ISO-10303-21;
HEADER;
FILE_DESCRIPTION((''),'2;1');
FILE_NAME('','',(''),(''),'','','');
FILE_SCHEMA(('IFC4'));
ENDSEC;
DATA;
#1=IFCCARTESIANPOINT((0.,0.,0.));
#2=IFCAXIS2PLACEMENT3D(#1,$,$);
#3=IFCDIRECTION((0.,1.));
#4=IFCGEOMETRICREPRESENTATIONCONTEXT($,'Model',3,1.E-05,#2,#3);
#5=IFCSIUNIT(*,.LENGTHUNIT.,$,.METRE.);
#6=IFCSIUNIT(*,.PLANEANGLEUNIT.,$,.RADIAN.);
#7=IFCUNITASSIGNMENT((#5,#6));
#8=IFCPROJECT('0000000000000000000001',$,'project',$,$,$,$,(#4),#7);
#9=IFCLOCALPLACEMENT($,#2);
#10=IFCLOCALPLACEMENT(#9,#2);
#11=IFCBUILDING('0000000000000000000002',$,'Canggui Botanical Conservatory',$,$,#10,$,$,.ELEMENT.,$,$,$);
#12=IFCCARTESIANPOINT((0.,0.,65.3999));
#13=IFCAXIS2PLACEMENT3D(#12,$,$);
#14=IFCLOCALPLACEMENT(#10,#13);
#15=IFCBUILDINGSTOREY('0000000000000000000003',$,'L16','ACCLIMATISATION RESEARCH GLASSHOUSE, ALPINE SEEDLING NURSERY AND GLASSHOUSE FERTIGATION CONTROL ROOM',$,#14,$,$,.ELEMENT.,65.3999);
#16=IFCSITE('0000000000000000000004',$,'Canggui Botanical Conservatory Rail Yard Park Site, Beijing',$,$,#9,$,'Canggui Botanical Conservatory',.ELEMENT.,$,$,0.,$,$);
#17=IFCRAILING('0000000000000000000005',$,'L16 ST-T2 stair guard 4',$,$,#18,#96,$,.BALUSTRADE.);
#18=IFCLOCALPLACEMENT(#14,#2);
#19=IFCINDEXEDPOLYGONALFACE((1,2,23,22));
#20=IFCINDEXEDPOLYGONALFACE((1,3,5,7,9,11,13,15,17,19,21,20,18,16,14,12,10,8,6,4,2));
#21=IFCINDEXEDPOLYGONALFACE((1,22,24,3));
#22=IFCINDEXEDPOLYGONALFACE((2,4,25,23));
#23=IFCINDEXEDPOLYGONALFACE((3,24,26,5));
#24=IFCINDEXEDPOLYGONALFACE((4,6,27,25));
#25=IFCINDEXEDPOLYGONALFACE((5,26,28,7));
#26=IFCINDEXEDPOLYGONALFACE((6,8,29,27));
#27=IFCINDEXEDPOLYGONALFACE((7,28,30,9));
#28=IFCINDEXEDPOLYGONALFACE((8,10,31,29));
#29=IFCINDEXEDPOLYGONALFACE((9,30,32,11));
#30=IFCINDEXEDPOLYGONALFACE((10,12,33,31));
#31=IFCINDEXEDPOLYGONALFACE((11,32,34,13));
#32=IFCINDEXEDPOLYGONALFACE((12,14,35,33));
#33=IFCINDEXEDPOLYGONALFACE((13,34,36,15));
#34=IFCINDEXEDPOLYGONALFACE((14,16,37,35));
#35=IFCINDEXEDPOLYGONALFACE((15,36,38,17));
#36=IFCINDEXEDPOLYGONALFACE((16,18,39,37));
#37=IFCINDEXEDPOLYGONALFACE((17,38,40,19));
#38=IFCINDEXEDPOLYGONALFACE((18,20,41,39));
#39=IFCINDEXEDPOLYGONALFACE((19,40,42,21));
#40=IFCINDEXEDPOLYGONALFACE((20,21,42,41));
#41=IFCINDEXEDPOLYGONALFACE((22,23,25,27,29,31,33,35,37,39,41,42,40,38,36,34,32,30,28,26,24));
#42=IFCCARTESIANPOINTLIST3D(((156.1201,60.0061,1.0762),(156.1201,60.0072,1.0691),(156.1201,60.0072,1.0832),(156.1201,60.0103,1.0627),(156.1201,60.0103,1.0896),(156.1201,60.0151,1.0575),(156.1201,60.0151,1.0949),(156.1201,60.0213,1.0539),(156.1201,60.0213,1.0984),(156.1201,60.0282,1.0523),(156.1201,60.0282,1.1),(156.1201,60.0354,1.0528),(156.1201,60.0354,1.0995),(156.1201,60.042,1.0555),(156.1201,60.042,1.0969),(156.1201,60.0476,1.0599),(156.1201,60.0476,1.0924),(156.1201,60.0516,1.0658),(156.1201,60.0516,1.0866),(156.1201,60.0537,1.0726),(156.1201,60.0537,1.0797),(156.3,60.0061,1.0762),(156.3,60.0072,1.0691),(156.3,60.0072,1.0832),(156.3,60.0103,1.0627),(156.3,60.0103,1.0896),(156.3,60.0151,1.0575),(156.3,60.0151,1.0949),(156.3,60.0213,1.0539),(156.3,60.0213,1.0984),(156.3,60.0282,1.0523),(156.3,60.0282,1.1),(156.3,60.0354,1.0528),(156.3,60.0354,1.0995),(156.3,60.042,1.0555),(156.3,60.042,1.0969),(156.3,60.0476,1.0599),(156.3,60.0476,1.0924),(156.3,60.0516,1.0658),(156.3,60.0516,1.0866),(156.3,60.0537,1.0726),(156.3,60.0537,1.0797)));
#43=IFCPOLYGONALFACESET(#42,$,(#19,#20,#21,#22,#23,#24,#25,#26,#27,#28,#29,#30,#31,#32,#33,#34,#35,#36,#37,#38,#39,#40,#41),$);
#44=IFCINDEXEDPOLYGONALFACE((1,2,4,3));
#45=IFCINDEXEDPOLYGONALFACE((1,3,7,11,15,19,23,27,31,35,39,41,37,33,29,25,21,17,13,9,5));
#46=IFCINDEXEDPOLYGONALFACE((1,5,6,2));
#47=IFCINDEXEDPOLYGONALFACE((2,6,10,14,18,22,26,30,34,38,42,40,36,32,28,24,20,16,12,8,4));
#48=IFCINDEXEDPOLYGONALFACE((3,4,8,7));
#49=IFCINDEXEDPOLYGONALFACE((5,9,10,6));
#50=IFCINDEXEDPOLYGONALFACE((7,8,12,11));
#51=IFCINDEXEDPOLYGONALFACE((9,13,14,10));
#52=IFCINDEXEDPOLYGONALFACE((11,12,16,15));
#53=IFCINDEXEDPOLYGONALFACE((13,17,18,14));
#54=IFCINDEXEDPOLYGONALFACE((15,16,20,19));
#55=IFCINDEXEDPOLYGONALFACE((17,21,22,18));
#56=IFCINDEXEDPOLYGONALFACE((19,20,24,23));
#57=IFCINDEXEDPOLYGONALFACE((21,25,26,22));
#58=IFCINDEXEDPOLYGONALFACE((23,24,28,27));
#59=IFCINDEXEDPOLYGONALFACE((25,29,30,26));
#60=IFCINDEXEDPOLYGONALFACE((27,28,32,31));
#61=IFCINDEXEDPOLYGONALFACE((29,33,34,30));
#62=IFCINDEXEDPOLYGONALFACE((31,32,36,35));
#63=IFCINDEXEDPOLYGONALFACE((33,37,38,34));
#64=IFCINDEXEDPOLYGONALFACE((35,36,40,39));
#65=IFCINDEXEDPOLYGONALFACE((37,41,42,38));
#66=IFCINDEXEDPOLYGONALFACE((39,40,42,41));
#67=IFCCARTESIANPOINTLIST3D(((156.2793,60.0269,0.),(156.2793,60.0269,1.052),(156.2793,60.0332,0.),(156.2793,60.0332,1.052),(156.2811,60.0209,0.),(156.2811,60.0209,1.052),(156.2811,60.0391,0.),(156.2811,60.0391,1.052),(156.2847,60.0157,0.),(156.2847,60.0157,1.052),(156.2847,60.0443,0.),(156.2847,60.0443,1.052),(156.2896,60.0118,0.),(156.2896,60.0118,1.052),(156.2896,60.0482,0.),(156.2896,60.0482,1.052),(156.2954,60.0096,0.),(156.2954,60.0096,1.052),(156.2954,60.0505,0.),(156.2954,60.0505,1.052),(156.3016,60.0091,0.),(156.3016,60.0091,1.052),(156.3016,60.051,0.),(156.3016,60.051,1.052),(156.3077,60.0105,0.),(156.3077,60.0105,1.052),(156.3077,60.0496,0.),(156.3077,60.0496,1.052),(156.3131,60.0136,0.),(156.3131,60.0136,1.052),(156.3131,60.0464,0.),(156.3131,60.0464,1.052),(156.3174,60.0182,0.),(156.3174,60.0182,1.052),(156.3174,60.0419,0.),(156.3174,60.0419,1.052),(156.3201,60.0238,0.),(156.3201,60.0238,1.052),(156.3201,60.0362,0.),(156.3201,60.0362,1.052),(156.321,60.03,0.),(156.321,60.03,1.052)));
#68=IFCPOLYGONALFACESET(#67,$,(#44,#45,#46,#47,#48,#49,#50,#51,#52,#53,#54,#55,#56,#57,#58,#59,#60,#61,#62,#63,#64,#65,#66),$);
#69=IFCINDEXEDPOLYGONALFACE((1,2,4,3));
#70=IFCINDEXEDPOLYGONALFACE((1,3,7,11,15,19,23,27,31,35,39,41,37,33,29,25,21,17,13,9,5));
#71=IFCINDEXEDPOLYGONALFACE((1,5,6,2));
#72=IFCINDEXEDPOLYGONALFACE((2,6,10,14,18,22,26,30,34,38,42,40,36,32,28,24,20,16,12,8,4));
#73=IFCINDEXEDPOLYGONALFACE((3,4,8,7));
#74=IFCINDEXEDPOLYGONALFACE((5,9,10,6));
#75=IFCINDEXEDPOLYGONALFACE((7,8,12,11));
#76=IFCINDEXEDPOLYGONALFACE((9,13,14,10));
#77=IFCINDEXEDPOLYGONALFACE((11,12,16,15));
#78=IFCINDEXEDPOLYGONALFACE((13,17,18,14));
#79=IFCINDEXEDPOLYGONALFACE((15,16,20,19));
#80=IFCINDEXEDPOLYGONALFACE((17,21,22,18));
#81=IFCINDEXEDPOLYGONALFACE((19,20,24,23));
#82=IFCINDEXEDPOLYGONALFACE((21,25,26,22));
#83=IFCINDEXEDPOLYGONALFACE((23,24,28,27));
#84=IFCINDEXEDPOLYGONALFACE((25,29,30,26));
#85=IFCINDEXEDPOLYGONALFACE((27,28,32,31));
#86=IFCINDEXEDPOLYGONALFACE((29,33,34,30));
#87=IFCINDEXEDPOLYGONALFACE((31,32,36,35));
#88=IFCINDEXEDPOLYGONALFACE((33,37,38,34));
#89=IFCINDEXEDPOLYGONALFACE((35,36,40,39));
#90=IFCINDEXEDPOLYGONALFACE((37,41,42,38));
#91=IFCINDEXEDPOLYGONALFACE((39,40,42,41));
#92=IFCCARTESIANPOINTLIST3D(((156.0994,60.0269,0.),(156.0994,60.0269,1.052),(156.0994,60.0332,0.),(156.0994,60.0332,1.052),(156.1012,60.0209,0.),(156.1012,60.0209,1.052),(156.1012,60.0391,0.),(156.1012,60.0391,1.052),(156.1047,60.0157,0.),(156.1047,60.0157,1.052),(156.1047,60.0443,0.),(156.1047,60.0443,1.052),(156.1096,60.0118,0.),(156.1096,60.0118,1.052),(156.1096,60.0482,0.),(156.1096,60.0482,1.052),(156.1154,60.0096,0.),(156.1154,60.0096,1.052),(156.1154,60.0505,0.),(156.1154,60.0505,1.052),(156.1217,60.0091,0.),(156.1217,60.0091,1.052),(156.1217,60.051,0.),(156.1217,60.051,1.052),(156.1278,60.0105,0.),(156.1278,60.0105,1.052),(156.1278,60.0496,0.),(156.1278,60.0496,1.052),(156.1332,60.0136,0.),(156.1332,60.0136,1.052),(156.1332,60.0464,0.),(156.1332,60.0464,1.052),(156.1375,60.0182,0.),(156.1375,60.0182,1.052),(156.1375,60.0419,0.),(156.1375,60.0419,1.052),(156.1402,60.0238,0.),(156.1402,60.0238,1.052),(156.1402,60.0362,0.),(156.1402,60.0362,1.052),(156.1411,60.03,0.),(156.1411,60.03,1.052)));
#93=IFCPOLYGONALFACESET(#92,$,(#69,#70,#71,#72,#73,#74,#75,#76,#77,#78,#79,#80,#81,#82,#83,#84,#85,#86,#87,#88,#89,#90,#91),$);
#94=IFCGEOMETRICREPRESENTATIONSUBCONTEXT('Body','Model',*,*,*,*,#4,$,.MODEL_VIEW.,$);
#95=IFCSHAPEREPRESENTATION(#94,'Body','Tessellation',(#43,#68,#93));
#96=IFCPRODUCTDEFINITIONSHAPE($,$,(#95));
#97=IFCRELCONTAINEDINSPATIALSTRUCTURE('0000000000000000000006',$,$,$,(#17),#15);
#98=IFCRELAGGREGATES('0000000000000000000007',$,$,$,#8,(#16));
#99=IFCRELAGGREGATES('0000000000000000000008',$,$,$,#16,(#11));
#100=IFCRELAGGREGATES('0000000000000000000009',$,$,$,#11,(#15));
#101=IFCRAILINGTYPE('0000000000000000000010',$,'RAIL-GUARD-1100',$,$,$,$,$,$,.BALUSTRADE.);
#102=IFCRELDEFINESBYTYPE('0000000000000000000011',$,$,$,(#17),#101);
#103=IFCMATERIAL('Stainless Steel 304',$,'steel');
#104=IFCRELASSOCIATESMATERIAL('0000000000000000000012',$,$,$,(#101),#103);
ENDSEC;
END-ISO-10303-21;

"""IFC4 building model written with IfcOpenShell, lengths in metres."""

from ifc_helpers import new_model, si_unit, direction, frame, origin, origin_2d, place, context, subcontext, project, spatial, circle, extrude, material, type_object, element, save


model = new_model("IFC4")

# Units and contexts
model_context = context("Model", 3, precision=1e-05, world=origin(), true_north=direction((0.0, 1.0)))
body_context = subcontext(model_context, "Body", "Model", "MODEL_VIEW")
ifc_project = project(units=[si_unit("LENGTHUNIT", "METRE"), si_unit("PLANEANGLEUNIT", "RADIAN")], contexts=[model_context])

# Site, building, storey
site_placement = place(None, origin())
site = spatial("IfcSite", under=ifc_project, at=site_placement, Name="Canggui Botanical Conservatory Rail Yard Park Site, Beijing", LongName="Canggui Botanical Conservatory", CompositionType="ELEMENT", RefElevation=0.0)
building_placement = place(site_placement, origin())
building = spatial("IfcBuilding", under=site, at=building_placement, Name="Canggui Botanical Conservatory", CompositionType="ELEMENT")
storey_placement = place(building_placement, frame((0.0, 0.0, 65.3999)))
storey = spatial("IfcBuildingStorey", under=building, at=storey_placement, Name="L16", Description="ACCLIMATISATION RESEARCH GLASSHOUSE, ALPINE SEEDLING NURSERY AND GLASSHOUSE FERTIGATION CONTROL ROOM", CompositionType="ELEMENT", Elevation=65.3999)

# Shared definitions
ifc_material_1 = material(Name="Stainless Steel 304", Category="steel")

# Railing
railing_type_1 = type_object("IfcRailingType", Name="RAIL-GUARD-1100", PredefinedType="BALUSTRADE", material=ifc_material_1)
railing_1_placement = place(storey_placement, frame((156.3, 60.03, 0.0)))
element("IfcRailing", 1, at=railing_1_placement, inside=storey, type_object=railing_type_1, Name="L16 ST-T2 stair guard 4", PredefinedType="BALUSTRADE", context=body_context, shape_type="SweptSolid", body=[
    extrude(circle(Radius=0.0239, at=origin_2d()), frame((0.0, 0.0, 1.0762), z_axis=(-1.0, 0.0, 0.0), x_axis=(0.0, -1.0, 0.0)), (0.0, 0.0, 1.0), 0.1799),
    extrude(circle(Radius=0.021, at=origin_2d()), origin(), (0.0, 0.0, 1.0), 1.052),
    extrude(circle(Radius=0.021, at=origin_2d()), frame((-0.1799, 0.0, 0.0)), (0.0, 0.0, 1.0), 1.052),
])

save(model, "model.ifc")
